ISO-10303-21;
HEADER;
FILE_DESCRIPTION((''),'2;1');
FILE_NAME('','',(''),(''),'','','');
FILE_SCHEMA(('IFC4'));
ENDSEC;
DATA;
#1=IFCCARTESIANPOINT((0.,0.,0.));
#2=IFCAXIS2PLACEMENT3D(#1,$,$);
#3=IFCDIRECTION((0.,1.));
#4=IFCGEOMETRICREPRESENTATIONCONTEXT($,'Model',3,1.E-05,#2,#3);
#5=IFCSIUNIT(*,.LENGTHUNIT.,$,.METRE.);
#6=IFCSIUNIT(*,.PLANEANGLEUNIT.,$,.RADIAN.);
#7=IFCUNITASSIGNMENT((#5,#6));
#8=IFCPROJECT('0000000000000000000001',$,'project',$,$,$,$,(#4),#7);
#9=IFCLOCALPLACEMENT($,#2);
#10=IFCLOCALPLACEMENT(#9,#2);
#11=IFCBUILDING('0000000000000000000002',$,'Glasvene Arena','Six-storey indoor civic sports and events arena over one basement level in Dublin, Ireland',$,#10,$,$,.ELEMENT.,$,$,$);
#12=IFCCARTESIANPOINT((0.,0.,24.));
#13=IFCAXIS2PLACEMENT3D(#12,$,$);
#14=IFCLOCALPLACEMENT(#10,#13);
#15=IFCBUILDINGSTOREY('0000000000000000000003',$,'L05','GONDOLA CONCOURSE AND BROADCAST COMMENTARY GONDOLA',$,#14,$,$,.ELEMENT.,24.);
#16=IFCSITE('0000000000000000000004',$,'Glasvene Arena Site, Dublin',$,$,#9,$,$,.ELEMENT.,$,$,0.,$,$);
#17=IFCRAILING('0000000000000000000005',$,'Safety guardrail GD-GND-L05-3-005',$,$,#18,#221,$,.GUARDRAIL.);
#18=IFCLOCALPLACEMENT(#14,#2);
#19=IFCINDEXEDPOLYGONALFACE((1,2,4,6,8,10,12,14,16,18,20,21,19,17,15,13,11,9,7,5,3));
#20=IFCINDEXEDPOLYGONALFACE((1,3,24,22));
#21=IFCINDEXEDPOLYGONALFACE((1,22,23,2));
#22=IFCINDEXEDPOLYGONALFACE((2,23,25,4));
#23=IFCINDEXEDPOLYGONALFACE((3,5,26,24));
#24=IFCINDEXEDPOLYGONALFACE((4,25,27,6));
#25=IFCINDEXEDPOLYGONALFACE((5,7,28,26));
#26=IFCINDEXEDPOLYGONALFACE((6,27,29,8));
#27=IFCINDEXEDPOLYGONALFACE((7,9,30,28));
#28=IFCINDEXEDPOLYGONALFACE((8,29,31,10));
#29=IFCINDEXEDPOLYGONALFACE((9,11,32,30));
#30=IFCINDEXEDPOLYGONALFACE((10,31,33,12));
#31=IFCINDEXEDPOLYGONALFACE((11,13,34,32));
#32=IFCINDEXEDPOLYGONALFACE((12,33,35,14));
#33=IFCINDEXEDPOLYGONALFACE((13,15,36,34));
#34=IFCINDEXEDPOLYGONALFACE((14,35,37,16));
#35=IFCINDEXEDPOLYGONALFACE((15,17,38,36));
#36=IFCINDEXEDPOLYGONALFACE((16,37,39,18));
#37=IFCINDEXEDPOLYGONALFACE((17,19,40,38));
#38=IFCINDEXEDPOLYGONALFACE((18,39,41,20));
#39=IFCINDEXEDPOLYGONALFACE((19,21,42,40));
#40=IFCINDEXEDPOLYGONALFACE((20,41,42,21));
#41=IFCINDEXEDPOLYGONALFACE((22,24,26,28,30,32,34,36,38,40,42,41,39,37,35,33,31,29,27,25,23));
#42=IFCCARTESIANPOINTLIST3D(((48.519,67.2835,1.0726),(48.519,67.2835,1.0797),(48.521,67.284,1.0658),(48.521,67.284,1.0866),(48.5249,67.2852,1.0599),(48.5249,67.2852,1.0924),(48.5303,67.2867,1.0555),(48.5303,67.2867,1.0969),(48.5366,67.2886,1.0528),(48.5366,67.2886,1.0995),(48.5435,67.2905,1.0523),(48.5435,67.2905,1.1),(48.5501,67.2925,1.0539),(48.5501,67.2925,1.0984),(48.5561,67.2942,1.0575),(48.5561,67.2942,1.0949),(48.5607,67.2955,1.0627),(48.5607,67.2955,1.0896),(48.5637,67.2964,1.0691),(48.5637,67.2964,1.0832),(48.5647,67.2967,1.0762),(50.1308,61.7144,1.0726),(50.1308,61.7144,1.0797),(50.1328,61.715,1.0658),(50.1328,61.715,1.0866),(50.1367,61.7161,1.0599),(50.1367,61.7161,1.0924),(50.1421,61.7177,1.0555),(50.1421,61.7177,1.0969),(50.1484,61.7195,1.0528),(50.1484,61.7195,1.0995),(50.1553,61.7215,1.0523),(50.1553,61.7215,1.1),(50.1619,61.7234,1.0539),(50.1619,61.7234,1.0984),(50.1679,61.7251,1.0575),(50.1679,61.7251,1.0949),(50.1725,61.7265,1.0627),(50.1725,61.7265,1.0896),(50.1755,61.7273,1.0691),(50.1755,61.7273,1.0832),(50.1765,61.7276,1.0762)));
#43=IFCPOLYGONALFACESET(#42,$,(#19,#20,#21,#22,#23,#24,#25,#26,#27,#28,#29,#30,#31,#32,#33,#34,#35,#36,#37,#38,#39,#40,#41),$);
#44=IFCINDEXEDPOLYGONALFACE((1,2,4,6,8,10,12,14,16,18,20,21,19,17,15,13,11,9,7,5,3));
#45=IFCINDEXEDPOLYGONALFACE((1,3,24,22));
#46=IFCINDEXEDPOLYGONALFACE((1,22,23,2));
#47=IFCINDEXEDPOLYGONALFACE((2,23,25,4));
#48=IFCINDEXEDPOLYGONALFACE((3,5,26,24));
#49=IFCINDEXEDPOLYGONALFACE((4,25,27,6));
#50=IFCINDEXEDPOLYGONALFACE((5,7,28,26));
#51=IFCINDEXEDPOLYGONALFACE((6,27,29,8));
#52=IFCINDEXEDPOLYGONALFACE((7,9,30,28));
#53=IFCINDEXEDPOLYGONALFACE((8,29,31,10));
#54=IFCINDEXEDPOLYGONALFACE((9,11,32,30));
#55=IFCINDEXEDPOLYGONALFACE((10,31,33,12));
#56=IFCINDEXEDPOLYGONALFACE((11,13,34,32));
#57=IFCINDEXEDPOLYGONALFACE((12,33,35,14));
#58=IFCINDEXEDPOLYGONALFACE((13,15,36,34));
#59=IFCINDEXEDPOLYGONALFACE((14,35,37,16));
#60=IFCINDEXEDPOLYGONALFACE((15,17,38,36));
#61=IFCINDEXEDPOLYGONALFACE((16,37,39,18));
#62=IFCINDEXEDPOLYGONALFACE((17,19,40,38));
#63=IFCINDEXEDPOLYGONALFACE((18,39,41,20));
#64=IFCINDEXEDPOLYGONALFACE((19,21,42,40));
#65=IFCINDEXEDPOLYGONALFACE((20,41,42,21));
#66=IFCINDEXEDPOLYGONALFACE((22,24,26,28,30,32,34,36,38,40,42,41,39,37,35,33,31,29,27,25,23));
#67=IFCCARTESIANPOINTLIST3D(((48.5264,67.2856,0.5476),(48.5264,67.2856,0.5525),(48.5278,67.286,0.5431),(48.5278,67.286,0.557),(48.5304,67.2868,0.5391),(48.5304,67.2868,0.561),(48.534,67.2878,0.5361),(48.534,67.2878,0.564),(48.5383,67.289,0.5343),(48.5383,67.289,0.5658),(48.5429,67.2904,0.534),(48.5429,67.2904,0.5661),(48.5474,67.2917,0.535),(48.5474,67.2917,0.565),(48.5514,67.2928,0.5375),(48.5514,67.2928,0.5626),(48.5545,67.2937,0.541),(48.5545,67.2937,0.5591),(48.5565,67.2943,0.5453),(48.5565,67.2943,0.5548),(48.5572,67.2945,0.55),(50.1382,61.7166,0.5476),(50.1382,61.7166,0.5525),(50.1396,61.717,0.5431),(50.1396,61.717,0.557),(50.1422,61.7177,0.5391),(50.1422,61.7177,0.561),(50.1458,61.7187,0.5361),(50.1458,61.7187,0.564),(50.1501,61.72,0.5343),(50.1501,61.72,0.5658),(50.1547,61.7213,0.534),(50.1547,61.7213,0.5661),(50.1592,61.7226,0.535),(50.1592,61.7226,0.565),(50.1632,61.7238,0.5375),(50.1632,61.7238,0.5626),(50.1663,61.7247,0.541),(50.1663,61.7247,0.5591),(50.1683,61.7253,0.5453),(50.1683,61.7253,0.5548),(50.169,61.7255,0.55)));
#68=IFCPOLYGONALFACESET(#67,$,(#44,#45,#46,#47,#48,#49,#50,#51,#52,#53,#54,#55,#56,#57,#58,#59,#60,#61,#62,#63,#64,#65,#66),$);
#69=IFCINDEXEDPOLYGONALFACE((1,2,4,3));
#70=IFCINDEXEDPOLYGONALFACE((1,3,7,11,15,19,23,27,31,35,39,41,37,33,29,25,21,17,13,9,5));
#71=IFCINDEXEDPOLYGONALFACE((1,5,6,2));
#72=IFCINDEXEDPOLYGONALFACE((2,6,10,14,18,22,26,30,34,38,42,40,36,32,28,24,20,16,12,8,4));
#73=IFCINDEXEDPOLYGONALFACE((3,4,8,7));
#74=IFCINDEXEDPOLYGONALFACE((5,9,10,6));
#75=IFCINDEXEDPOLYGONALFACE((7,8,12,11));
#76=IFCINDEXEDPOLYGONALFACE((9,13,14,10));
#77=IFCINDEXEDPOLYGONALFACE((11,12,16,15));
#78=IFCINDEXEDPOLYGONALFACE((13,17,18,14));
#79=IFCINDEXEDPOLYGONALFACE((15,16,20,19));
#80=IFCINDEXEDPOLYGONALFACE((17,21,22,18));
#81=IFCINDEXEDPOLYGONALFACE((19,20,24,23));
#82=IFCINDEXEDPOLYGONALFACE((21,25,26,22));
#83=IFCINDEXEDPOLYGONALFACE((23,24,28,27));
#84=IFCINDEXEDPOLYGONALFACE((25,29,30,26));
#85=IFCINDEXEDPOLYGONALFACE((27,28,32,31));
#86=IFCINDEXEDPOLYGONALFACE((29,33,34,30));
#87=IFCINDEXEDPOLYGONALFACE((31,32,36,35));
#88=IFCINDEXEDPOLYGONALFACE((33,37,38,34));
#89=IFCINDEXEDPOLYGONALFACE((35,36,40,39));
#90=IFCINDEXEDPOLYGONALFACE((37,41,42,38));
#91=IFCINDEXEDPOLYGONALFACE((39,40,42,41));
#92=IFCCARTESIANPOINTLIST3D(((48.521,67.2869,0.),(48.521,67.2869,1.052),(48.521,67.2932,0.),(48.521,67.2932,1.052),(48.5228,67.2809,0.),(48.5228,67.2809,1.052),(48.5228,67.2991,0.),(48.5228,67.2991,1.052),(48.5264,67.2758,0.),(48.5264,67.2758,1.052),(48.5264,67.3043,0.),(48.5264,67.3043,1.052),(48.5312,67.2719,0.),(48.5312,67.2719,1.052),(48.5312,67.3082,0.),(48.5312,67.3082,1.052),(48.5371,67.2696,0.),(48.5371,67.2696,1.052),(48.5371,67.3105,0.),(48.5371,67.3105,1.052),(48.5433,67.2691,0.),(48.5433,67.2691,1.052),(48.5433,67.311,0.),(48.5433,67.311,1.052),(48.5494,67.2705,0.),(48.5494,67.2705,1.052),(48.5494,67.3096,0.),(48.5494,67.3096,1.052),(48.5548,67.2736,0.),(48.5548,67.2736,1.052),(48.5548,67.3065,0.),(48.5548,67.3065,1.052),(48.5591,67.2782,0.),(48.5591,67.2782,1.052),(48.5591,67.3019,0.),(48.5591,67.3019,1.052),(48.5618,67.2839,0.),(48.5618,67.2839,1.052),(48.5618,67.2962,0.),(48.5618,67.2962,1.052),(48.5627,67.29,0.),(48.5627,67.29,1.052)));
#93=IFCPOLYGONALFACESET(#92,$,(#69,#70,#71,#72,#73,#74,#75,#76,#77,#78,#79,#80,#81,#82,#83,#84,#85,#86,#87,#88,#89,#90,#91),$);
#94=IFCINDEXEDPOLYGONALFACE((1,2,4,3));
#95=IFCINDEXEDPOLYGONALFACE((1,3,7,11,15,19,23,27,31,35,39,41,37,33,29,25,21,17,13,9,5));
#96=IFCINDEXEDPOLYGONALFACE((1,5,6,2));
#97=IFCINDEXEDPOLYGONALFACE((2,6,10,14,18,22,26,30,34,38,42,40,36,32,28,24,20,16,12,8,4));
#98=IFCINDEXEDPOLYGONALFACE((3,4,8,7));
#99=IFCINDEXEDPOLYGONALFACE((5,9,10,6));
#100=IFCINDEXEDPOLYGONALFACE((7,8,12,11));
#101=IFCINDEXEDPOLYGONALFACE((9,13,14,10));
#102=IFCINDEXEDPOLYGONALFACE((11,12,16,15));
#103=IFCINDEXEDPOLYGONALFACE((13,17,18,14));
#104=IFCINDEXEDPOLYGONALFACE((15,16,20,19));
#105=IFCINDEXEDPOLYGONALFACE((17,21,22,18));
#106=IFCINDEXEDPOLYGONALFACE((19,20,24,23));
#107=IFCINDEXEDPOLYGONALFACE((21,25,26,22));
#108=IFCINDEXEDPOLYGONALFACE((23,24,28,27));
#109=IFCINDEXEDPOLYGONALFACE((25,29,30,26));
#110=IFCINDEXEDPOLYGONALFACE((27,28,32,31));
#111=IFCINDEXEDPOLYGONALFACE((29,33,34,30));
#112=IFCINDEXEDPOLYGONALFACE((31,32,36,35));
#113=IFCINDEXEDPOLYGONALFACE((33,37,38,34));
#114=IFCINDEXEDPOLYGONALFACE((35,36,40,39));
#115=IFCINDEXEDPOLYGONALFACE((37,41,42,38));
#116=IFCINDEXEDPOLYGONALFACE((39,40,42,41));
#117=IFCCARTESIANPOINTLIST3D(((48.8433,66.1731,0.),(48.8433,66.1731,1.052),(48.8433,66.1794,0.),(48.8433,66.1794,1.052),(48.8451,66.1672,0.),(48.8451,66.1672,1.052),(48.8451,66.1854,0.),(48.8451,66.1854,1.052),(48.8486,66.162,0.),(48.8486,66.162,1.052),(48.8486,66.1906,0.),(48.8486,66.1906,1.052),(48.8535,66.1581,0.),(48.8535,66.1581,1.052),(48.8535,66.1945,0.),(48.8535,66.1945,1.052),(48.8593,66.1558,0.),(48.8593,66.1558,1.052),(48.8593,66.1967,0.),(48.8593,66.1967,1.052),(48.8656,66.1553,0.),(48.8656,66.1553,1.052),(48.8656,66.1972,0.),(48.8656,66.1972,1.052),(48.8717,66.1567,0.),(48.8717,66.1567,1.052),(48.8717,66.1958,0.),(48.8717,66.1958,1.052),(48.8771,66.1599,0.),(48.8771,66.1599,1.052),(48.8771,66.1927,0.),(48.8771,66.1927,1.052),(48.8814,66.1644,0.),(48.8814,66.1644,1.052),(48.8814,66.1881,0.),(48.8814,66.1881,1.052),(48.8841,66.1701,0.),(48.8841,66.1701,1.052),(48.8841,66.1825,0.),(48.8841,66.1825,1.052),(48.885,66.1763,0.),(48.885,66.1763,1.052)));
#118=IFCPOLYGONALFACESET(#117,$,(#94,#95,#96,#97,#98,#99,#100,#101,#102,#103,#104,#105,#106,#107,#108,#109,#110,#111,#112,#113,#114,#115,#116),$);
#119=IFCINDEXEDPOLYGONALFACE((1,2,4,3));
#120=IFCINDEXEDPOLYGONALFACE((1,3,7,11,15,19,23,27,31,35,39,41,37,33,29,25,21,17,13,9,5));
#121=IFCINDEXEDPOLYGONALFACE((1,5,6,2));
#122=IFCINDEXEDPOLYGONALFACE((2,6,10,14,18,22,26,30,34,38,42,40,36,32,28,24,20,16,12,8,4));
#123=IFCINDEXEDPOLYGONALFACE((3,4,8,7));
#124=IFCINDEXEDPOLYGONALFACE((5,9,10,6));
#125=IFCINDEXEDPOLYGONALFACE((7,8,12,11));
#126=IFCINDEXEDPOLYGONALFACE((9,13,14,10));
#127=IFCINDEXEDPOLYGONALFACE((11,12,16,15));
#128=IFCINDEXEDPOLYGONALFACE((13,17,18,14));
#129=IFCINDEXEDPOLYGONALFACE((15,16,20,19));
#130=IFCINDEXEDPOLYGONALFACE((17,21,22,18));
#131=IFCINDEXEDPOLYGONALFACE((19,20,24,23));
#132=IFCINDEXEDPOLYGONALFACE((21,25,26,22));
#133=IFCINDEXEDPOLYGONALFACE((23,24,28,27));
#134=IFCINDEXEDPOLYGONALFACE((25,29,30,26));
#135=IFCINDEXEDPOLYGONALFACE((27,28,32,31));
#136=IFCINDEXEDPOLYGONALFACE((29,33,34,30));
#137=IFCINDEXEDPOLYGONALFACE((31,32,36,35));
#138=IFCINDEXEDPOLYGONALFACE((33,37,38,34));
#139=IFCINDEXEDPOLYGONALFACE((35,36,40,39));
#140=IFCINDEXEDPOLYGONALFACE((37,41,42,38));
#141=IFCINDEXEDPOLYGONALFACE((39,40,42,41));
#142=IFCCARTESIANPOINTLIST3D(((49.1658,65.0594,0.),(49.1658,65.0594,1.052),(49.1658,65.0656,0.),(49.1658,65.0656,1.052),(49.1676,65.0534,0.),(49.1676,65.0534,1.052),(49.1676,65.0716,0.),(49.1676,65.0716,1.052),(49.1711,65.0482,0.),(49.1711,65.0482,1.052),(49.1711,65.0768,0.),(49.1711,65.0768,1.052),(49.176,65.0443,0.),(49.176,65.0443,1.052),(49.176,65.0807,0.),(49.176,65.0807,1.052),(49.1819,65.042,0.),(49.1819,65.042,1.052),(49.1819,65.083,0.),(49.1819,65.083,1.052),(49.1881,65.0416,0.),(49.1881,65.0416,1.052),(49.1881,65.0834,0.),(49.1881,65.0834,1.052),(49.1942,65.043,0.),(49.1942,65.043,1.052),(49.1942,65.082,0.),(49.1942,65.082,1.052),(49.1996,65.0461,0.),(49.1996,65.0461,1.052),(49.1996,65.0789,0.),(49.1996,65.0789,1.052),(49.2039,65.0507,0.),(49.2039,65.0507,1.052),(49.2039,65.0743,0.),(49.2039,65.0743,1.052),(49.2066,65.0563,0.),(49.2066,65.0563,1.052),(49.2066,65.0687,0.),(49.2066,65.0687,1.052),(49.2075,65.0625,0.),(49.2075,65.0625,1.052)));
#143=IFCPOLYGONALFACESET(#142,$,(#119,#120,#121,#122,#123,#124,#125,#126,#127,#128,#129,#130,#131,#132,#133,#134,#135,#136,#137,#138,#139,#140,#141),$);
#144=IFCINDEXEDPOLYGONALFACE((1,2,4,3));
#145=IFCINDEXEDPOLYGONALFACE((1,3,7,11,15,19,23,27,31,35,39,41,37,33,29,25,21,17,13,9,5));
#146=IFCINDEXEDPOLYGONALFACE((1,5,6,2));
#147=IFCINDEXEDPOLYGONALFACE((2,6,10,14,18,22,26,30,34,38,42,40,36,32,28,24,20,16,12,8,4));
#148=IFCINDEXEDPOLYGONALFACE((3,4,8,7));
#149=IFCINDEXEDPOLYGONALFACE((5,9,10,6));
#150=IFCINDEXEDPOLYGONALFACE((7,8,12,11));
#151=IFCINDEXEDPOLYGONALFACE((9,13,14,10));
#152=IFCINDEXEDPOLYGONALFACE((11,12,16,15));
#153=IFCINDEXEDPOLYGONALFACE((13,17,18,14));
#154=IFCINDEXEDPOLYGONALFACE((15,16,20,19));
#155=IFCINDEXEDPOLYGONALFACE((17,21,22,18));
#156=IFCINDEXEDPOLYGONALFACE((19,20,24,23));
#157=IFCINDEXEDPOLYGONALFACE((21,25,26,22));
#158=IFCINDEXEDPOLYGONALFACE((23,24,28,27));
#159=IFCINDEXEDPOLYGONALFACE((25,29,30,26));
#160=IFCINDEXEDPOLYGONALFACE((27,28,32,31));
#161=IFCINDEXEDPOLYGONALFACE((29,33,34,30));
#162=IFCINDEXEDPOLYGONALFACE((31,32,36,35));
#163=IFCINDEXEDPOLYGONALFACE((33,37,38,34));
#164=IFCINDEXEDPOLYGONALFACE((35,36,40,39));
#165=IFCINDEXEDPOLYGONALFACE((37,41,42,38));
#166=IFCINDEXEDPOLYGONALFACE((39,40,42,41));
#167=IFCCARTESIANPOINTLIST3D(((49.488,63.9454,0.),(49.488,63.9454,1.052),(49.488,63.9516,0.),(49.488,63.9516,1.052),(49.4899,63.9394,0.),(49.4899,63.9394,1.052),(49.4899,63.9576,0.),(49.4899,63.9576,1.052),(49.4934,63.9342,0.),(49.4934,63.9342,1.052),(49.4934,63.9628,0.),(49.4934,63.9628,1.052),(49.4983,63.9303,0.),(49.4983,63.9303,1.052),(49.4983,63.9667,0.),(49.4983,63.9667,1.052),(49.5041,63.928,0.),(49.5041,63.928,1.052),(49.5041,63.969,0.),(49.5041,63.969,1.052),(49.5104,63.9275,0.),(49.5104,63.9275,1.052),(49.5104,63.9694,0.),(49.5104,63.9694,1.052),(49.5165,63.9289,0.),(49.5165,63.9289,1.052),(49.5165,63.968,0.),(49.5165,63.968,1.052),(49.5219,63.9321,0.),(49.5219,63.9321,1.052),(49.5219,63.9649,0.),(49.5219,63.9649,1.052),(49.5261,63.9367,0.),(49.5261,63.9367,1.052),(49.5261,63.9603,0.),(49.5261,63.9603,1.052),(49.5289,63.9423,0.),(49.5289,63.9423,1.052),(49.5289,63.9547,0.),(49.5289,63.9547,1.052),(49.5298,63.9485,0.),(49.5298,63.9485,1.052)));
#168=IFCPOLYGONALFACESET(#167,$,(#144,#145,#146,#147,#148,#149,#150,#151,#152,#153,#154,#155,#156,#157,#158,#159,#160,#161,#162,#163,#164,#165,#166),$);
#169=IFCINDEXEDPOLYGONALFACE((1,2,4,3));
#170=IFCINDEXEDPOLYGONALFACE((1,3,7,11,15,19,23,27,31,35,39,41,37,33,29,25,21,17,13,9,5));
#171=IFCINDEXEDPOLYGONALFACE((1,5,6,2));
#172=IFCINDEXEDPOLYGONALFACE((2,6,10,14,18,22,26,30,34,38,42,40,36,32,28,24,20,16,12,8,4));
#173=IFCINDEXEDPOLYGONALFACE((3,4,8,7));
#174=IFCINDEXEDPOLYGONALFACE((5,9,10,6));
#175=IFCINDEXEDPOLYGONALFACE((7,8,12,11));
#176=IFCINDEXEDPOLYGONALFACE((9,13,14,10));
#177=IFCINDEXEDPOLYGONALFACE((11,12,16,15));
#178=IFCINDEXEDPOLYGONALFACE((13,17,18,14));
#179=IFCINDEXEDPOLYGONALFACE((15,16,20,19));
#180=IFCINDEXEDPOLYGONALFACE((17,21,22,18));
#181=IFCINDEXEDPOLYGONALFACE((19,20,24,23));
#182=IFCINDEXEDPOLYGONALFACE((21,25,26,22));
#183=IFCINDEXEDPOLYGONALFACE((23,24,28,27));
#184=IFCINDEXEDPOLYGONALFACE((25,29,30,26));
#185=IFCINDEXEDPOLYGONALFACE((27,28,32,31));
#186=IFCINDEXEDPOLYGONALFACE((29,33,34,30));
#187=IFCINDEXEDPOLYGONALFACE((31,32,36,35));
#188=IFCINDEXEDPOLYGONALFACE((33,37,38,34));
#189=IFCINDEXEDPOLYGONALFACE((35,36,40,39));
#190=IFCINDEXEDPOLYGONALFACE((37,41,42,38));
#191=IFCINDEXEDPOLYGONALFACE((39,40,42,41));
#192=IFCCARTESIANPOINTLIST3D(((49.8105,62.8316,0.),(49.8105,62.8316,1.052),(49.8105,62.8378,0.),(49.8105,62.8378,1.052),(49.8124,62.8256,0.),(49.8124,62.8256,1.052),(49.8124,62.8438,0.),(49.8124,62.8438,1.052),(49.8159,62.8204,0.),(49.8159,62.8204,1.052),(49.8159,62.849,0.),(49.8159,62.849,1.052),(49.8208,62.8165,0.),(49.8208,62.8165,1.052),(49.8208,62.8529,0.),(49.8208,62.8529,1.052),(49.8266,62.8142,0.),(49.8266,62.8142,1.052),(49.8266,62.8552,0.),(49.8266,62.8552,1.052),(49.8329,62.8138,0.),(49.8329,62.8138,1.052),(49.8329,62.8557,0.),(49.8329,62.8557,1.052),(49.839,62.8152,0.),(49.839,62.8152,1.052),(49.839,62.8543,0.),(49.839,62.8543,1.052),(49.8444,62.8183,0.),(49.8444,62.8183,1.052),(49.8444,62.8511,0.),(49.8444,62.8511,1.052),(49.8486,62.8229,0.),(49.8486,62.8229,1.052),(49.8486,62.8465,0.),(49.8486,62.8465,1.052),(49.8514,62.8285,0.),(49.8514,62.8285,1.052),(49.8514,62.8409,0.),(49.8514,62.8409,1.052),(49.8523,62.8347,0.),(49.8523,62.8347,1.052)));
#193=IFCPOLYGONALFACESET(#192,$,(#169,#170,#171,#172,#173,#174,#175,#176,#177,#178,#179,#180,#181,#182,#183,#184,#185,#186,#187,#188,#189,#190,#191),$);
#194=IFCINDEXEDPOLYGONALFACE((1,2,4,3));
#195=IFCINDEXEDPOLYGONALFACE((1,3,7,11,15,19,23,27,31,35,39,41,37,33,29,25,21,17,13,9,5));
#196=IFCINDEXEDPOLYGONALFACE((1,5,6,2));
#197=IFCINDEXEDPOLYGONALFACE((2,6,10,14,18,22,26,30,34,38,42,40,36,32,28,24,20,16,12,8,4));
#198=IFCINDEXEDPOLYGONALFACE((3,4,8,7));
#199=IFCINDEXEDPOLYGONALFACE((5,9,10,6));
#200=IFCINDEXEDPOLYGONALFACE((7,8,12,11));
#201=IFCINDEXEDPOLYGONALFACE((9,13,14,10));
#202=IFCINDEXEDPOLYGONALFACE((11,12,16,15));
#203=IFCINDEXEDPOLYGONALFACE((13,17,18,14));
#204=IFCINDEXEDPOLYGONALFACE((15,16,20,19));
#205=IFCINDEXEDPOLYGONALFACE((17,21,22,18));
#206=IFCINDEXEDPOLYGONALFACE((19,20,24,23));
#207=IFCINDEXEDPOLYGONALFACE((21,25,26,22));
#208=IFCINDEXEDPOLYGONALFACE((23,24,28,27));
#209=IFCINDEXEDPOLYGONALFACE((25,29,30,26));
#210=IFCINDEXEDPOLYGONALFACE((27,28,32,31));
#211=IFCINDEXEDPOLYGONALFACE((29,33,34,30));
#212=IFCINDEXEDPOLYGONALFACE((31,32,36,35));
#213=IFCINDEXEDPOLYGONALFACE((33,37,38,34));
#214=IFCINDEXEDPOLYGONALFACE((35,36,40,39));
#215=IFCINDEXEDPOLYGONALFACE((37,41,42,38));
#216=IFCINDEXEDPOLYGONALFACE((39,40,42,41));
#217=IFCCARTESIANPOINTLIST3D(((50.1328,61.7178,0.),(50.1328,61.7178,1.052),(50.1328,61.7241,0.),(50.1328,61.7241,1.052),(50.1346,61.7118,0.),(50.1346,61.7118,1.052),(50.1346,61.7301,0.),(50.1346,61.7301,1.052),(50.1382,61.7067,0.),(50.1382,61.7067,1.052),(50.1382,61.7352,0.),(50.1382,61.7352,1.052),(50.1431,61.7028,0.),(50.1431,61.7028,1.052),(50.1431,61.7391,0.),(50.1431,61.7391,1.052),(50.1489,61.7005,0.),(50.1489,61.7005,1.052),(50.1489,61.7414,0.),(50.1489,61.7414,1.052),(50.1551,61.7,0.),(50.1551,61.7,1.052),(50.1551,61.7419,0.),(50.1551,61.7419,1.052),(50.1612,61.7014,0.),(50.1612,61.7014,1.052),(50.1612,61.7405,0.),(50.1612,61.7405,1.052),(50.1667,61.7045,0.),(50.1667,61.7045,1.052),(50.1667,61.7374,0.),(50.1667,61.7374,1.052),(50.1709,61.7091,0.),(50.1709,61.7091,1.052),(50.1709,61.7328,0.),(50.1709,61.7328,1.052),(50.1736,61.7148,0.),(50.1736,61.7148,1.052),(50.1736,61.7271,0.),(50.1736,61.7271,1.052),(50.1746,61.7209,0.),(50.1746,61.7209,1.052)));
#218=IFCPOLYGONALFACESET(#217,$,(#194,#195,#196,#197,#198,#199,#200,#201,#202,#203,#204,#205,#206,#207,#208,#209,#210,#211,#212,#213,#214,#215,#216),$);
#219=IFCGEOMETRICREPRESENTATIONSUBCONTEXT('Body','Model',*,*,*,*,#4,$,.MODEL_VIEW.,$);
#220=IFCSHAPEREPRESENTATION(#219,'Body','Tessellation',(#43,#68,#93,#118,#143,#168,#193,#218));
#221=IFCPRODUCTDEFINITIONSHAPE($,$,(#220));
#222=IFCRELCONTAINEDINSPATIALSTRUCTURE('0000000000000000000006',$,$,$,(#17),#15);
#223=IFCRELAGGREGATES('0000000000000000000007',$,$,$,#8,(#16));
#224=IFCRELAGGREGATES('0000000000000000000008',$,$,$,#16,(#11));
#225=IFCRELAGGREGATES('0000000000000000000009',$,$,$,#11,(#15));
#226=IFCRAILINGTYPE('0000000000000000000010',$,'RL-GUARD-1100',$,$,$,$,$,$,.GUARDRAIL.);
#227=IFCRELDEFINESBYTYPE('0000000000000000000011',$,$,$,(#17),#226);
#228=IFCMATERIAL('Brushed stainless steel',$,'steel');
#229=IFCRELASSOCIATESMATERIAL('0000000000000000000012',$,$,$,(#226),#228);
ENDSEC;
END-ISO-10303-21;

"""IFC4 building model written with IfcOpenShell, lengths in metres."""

from ifc_helpers import new_model, si_unit, direction, frame, origin, origin_2d, place, context, subcontext, project, spatial, circle, extrude, material, type_object, element, save


model = new_model("IFC4")

# Units and contexts
model_context = context("Model", 3, precision=1e-05, world=origin(), true_north=direction((0.0, 1.0)))
body_context = subcontext(model_context, "Body", "Model", "MODEL_VIEW")
ifc_project = project(units=[si_unit("LENGTHUNIT", "METRE"), si_unit("PLANEANGLEUNIT", "RADIAN")], contexts=[model_context])

# Site, building, storey
site_placement = place(None, origin())
site = spatial("IfcSite", under=ifc_project, at=site_placement, Name="Glasvene Arena Site, Dublin", CompositionType="ELEMENT", RefElevation=0.0)
building_placement = place(site_placement, origin())
building = spatial("IfcBuilding", under=site, at=building_placement, Name="Glasvene Arena", Description="Six-storey indoor civic sports and events arena over one basement level in Dublin, Ireland", CompositionType="ELEMENT")
storey_placement = place(building_placement, frame((0.0, 0.0, 24.0)))
storey = spatial("IfcBuildingStorey", under=building, at=storey_placement, Name="L05", Description="GONDOLA CONCOURSE AND BROADCAST COMMENTARY GONDOLA", CompositionType="ELEMENT", Elevation=24.0)

# Railing
ifc_material_1 = material(Name="Brushed stainless steel", Category="steel")
railing_type_1 = type_object("IfcRailingType", Name="RL-GUARD-1100", PredefinedType="GUARDRAIL", material=ifc_material_1)
railing_1_placement = place(storey_placement, frame((48.5417, 67.29, 0.0)))
element("IfcRailing", 1, at=railing_1_placement, inside=storey, type_object=railing_type_1, Name="Safety guardrail GD-GND-L05-3-005", PredefinedType="GUARDRAIL", context=body_context, shape_type="SweptSolid", body=[
    extrude(circle(Radius=0.0239, at=origin_2d()), frame((0.0, 0.0, 1.0762), z_axis=(0.278012, -0.960578, 0.0), x_axis=(0.960578, 0.278012, 0.0)), (0.0, 0.0, 1.0), 5.7976),
    extrude(circle(Radius=0.0161, at=origin_2d()), frame((0.0, 0.0, 0.55), z_axis=(0.278012, -0.960578, 0.0), x_axis=(0.960578, 0.278012, 0.0)), (0.0, 0.0, 1.0), 5.7976),
    extrude(circle(Radius=0.021, at=origin_2d()), origin(), (0.0, 0.0, 1.0), 1.052),
    extrude(circle(Radius=0.021, at=origin_2d()), frame((0.3223, -1.1138, 0.0)), (0.0, 0.0, 1.0), 1.052),
    extrude(circle(Radius=0.021, at=origin_2d()), frame((0.6448, -2.2275, 0.0)), (0.0, 0.0, 1.0), 1.052),
    extrude(circle(Radius=0.021, at=origin_2d()), frame((0.967, -3.3416, 0.0)), (0.0, 0.0, 1.0), 1.052),
    extrude(circle(Radius=0.021, at=origin_2d()), frame((1.2896, -4.4553, 0.0)), (0.0, 0.0, 1.0), 1.052),
    extrude(circle(Radius=0.021, at=origin_2d()), frame((1.6118, -5.5691, 0.0)), (0.0, 0.0, 1.0), 1.052),
])

save(model, "model.ifc")
